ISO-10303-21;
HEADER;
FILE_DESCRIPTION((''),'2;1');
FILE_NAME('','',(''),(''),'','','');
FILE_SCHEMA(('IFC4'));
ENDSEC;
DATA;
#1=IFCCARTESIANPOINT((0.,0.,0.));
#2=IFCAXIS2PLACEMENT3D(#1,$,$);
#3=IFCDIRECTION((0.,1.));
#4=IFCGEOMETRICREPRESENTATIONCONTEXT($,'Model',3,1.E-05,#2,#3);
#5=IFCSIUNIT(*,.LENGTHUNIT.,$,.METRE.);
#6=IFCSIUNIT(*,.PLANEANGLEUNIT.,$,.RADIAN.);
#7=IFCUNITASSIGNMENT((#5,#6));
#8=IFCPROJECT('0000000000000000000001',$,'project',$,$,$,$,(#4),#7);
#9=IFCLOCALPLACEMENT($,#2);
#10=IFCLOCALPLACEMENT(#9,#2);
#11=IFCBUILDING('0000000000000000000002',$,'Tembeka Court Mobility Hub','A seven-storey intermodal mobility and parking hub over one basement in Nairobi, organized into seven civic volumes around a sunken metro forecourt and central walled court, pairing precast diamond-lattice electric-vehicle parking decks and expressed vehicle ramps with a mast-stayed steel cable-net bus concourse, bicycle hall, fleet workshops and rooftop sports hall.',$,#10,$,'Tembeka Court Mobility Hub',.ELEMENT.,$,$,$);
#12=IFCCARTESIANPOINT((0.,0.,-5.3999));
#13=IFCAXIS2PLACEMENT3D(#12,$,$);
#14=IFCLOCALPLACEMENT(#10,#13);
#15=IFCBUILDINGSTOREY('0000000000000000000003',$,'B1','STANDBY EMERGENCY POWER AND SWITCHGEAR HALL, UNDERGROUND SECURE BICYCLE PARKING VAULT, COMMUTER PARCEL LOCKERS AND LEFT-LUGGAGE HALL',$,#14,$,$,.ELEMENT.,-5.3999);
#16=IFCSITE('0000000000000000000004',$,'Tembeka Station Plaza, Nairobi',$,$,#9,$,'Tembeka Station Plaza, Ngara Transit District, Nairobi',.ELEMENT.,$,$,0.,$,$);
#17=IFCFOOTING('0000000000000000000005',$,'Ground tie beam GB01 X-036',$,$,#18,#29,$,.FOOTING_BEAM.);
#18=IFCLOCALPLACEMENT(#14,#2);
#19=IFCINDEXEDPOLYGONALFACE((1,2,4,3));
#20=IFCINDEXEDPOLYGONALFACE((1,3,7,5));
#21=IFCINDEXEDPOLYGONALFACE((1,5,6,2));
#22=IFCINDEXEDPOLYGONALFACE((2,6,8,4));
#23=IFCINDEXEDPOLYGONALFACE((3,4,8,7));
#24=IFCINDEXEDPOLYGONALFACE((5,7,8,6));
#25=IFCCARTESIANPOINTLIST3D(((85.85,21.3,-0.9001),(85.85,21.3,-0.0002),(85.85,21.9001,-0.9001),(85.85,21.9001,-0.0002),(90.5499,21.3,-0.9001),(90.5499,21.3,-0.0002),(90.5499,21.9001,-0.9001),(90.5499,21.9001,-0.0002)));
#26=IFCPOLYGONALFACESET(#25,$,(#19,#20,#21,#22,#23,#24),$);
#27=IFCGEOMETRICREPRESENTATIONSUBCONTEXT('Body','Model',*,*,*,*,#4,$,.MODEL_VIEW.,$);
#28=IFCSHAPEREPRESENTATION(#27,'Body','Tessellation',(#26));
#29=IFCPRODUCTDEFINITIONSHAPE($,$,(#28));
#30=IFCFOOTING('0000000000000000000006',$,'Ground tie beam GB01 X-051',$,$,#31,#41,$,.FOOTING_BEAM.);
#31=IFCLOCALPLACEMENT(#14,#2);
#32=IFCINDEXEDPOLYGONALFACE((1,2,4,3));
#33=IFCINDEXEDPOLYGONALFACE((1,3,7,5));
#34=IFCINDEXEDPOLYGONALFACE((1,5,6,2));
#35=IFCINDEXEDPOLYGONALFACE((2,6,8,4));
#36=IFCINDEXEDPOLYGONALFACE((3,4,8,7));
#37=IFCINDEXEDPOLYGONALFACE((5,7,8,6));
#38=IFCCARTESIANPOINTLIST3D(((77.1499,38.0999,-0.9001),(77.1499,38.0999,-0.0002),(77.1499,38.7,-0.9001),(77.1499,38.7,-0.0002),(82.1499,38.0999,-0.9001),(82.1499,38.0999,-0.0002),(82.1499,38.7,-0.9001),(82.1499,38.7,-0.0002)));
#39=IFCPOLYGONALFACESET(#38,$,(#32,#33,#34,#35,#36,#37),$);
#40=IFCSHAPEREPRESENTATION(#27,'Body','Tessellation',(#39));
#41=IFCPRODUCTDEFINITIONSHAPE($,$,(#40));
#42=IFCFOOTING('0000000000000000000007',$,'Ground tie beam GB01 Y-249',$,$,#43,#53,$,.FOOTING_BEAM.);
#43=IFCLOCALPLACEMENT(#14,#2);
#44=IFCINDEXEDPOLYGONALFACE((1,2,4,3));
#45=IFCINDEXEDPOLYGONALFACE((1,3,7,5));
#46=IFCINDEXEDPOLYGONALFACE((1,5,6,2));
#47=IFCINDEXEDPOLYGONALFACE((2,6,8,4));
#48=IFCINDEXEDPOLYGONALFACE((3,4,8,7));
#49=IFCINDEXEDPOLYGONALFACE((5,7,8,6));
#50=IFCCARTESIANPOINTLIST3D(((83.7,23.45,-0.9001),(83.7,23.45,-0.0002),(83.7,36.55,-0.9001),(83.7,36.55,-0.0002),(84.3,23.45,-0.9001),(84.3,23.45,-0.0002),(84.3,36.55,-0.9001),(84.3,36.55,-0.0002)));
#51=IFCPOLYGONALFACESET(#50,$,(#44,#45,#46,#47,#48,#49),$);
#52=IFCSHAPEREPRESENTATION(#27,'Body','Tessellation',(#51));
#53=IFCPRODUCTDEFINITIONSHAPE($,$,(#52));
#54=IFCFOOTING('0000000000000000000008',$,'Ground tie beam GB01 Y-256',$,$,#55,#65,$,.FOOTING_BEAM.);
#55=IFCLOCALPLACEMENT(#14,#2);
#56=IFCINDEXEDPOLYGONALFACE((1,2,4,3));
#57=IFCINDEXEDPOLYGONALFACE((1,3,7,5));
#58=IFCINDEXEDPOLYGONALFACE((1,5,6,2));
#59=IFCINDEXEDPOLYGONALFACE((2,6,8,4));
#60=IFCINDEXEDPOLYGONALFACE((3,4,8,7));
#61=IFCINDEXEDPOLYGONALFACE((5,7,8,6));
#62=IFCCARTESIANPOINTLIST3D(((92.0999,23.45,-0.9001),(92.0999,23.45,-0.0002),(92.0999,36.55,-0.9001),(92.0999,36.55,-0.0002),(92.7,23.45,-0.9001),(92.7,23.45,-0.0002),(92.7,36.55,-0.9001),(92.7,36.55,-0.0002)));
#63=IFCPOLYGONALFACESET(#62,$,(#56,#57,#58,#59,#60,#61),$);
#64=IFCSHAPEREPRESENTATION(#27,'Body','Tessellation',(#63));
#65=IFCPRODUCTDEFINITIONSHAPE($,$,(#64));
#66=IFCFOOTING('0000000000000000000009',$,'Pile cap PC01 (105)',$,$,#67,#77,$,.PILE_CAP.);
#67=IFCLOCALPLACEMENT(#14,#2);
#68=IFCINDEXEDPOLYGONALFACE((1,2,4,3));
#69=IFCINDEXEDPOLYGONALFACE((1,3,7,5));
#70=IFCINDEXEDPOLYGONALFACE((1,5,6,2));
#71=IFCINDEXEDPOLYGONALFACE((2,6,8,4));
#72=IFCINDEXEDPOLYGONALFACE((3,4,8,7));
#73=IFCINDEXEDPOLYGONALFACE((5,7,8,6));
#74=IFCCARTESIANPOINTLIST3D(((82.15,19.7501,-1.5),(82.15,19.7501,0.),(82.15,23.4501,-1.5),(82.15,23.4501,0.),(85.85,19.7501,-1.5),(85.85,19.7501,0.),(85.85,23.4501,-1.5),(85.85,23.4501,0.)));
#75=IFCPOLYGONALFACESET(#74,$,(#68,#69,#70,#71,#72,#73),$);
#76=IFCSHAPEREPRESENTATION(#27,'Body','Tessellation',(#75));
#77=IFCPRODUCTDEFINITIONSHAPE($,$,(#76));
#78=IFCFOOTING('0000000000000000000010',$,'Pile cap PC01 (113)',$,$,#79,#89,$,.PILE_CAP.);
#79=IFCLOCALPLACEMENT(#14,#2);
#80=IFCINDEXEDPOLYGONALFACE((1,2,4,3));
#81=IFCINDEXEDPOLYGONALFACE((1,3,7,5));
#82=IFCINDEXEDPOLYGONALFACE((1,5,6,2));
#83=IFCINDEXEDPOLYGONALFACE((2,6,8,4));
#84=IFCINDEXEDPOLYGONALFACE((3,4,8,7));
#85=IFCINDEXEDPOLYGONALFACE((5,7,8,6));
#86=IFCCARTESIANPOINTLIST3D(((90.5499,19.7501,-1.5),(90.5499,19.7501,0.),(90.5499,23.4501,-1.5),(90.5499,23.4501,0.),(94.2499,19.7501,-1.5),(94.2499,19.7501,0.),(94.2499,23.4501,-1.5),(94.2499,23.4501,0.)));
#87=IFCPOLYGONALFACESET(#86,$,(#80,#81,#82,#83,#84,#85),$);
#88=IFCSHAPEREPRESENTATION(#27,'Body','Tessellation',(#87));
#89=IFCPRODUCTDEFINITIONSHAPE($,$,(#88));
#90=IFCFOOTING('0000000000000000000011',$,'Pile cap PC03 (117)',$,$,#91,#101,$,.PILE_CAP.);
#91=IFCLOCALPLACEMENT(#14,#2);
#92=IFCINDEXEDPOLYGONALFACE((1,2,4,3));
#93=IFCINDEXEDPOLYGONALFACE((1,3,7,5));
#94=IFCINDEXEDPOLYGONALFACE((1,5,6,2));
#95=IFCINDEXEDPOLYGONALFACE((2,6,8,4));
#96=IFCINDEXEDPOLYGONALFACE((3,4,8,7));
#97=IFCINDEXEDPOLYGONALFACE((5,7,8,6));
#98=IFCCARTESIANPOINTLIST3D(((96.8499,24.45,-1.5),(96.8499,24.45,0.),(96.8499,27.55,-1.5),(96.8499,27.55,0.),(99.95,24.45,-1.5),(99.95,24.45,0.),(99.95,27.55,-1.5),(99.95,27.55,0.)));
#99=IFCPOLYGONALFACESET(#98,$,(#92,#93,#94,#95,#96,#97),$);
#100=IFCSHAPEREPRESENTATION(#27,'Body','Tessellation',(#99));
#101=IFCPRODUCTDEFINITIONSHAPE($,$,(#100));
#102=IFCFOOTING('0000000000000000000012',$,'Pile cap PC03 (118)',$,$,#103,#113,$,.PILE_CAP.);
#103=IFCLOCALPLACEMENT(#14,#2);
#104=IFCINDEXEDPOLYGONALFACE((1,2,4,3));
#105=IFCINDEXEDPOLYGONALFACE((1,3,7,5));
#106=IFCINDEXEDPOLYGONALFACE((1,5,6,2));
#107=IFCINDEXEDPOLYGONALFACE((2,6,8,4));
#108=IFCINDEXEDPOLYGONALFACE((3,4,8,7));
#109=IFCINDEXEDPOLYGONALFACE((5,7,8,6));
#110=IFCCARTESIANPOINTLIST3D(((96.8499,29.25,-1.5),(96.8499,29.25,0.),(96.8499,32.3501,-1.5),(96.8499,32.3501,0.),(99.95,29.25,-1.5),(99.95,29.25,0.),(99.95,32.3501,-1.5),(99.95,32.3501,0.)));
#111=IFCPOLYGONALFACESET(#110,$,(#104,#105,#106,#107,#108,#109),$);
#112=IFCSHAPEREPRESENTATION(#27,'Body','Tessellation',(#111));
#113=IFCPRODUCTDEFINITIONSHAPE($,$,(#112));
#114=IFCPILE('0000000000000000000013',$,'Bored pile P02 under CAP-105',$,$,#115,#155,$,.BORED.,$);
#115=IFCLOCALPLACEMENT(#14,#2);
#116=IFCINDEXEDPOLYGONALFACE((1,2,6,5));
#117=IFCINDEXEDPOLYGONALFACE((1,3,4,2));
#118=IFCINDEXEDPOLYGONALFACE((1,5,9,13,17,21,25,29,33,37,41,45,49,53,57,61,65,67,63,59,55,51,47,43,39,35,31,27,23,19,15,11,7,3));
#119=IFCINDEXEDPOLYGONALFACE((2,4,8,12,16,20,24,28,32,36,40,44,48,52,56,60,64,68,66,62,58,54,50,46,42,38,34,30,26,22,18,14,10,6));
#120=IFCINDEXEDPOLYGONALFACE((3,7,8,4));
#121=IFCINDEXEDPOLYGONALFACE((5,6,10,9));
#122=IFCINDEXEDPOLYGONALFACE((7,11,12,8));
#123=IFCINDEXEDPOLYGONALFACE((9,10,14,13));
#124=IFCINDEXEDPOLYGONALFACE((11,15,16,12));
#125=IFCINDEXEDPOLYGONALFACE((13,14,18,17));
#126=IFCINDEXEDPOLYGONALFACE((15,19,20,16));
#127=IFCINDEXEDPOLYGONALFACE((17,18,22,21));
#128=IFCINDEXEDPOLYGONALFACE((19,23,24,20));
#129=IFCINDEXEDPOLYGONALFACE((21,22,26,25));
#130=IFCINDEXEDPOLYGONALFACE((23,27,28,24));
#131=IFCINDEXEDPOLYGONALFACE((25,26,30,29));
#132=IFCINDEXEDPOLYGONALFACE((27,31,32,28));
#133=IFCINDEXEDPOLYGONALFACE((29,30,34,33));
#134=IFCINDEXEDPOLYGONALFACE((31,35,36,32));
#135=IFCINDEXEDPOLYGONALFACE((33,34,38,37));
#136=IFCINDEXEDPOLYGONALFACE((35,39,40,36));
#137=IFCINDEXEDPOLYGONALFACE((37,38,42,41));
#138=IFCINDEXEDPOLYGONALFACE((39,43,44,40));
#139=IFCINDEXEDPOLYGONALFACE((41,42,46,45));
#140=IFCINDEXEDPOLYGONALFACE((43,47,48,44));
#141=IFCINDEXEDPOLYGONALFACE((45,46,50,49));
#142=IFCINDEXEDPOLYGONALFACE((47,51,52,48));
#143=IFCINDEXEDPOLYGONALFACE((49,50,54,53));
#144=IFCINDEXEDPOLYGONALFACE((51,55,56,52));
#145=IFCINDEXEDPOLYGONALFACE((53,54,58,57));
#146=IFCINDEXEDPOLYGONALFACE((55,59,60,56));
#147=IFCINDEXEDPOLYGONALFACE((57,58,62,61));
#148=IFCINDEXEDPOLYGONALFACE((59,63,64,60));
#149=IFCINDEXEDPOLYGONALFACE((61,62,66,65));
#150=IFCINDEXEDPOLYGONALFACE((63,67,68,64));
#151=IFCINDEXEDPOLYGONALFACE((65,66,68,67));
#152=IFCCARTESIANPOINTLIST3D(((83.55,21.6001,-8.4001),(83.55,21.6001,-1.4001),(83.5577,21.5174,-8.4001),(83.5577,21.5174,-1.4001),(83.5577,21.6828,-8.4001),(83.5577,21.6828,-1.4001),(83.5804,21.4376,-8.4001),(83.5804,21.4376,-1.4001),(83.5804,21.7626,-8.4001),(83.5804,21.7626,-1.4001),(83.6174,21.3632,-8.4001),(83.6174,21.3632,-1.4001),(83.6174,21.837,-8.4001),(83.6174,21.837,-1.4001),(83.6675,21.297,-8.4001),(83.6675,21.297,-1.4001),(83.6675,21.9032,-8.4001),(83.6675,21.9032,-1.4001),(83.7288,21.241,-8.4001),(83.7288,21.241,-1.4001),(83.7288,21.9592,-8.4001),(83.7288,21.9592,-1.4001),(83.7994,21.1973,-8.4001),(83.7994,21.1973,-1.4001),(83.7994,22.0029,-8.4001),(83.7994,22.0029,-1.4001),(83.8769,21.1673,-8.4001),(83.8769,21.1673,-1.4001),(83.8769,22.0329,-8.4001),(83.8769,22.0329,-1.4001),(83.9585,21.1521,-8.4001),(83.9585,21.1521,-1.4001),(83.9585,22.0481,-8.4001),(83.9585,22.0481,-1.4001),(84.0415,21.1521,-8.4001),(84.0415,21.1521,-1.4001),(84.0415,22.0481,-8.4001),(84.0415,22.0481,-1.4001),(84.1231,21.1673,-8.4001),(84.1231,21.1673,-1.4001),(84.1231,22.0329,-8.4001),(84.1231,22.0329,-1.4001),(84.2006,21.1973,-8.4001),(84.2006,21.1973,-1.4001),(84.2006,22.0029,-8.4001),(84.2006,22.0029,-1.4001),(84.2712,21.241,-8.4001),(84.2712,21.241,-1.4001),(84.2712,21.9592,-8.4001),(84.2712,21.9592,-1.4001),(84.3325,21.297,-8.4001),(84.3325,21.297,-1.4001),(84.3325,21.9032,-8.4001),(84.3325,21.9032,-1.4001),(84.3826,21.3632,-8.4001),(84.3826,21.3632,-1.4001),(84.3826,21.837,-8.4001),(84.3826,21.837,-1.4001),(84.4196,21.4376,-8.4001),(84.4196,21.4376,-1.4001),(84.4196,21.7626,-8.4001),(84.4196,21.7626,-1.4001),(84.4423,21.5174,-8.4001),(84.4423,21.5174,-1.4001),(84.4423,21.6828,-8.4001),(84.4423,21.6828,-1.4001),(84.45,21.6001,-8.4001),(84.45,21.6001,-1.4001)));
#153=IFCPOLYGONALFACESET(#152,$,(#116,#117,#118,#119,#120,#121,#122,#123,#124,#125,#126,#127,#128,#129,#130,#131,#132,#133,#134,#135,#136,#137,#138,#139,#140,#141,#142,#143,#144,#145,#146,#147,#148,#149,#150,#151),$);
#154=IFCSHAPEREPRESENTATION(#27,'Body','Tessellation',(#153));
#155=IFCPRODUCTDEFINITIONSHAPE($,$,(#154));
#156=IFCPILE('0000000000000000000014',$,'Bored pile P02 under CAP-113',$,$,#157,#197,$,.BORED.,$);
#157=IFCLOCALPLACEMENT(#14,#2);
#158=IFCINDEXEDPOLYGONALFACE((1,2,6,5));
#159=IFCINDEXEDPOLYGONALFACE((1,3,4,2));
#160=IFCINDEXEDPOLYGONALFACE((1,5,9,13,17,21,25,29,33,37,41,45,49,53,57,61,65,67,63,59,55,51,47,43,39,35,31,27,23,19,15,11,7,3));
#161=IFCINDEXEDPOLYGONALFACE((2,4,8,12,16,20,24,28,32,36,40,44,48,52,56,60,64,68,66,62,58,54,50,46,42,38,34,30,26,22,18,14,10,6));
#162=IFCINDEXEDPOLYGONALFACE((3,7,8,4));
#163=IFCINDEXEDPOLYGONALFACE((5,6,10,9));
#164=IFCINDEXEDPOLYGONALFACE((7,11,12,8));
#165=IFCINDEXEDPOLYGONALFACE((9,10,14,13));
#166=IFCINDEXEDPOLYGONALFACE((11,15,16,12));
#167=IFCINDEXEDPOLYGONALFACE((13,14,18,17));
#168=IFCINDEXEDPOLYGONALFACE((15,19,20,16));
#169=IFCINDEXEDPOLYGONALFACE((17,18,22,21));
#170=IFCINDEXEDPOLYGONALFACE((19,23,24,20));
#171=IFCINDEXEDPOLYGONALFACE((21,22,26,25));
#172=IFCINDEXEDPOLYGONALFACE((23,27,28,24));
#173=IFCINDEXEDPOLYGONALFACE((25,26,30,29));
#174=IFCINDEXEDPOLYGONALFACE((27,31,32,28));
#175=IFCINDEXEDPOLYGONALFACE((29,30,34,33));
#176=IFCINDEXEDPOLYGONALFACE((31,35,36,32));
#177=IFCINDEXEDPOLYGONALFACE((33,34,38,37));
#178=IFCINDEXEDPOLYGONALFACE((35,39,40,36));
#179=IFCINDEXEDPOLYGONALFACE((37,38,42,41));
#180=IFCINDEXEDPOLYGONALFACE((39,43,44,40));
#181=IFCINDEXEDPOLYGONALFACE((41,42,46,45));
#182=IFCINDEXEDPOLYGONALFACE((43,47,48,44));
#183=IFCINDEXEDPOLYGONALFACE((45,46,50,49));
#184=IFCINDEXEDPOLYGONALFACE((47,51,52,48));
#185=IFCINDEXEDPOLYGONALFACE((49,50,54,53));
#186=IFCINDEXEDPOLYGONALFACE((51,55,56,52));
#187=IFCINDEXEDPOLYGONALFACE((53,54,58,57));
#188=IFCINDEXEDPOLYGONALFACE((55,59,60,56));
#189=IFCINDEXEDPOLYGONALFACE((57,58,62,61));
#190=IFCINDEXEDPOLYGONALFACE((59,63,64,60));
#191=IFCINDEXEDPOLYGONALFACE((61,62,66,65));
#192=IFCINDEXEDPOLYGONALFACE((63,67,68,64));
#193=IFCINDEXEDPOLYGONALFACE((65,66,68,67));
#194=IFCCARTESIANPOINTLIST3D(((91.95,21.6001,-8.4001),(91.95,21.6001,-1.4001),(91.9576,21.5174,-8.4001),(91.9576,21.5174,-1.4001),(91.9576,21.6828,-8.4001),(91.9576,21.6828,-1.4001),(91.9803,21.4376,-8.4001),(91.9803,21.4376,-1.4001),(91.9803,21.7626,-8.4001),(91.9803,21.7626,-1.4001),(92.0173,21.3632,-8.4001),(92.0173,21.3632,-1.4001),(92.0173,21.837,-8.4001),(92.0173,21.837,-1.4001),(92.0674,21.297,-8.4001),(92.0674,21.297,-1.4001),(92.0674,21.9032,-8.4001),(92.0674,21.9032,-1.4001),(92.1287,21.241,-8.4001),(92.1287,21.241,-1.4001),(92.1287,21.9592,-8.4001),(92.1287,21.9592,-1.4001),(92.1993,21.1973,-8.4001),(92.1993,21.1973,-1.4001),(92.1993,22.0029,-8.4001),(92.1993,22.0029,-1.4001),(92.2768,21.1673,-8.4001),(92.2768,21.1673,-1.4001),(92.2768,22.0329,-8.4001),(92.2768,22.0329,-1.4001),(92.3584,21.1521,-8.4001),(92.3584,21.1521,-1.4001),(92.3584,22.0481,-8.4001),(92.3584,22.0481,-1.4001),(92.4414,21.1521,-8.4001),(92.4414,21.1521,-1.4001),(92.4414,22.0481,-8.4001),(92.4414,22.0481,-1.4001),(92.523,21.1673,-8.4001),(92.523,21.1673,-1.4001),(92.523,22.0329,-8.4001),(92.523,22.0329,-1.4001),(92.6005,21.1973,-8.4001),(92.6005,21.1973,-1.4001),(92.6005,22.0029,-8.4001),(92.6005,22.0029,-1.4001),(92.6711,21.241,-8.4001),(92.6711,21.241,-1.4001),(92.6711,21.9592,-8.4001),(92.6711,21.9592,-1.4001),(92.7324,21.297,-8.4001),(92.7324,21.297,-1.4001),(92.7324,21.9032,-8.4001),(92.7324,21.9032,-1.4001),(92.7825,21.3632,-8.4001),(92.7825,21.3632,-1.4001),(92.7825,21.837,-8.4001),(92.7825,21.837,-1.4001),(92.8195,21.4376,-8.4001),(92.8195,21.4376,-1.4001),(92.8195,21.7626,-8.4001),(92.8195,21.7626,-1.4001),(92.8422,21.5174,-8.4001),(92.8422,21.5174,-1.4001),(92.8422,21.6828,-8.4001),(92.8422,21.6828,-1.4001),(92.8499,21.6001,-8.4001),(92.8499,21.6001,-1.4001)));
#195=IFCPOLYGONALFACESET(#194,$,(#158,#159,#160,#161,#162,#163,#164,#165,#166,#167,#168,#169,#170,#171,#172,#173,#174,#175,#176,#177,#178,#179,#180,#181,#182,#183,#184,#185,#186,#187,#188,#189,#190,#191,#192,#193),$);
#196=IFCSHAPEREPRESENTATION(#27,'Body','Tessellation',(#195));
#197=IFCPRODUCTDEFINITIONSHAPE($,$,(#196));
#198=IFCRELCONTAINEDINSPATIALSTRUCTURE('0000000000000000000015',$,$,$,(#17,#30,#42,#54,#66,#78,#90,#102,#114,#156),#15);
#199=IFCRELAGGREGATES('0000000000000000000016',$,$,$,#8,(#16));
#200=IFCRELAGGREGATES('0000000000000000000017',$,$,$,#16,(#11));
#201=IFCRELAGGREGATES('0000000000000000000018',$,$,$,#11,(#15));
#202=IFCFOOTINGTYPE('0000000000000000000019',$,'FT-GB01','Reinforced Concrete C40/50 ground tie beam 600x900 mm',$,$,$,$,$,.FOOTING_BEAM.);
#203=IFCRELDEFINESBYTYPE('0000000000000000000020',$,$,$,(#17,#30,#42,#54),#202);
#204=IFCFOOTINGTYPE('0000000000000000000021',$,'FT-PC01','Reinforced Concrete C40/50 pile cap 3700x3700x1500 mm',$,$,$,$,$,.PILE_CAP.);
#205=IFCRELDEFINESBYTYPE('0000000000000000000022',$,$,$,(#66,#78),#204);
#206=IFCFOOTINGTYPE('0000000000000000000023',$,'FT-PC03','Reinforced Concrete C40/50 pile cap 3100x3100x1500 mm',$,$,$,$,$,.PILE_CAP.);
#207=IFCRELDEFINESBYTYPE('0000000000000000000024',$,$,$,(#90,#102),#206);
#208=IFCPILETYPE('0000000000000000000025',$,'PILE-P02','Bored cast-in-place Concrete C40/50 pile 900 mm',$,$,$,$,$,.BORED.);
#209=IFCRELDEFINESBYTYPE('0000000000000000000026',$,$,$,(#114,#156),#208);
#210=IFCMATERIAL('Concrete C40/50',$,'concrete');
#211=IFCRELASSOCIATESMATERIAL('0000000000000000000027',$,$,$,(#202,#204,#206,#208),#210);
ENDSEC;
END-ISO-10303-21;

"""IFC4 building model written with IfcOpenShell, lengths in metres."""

from ifc_helpers import new_model, si_unit, direction, frame, origin, origin_2d, place, context, subcontext, project, spatial, rectangle, circle, extrude, material, material_profile, profile_set, type_object, element, save


model = new_model("IFC4")

# Units and contexts
model_context = context("Model", 3, precision=1e-05, world=origin(), true_north=direction((0.0, 1.0)))
body_context = subcontext(model_context, "Body", "Model", "MODEL_VIEW")
ifc_project = project(units=[si_unit("LENGTHUNIT", "METRE"), si_unit("PLANEANGLEUNIT", "RADIAN")], contexts=[model_context])

# Site, building, storey
site_placement = place(None, origin())
site = spatial("IfcSite", under=ifc_project, at=site_placement, Name="Tembeka Station Plaza, Nairobi", LongName="Tembeka Station Plaza, Ngara Transit District, Nairobi", CompositionType="ELEMENT", RefElevation=0.0)
building_placement = place(site_placement, origin())
building = spatial("IfcBuilding", under=site, at=building_placement, Name="Tembeka Court Mobility Hub", Description="A seven-storey intermodal mobility and parking hub over one basement in Nairobi, organized into seven civic volumes around a sunken metro forecourt and central walled court, pairing precast diamond-lattice electric-vehicle parking decks and expressed vehicle ramps with a mast-stayed steel cable-net bus concourse, bicycle hall, fleet workshops and rooftop sports hall.", LongName="Tembeka Court Mobility Hub", CompositionType="ELEMENT")
storey_placement = place(building_placement, frame((0.0, 0.0, -5.3999)))
storey = spatial("IfcBuildingStorey", under=building, at=storey_placement, Name="B1", Description="STANDBY EMERGENCY POWER AND SWITCHGEAR HALL, UNDERGROUND SECURE BICYCLE PARKING VAULT, COMMUTER PARCEL LOCKERS AND LEFT-LUGGAGE HALL", CompositionType="ELEMENT", Elevation=-5.3999)

# Footings
ifc_material_1 = material(Name="Concrete C40/50", Category="concrete")
footing_type_1 = type_object("IfcFootingType", Name="FT-GB01", Description="Reinforced Concrete C40/50 ground tie beam 600x900 mm", PredefinedType="FOOTING_BEAM", material=ifc_material_1)
footing_1_placement = place(storey_placement, frame((88.2, 21.6001, -0.9001), z_axis=(0.0, 0.0, 1.0), x_axis=(1.0, 0.0, 0.0)))
element("IfcFooting", 1, at=footing_1_placement, inside=storey, type_object=footing_type_1, Name="Ground tie beam GB01 X-036", PredefinedType="FOOTING_BEAM", context=body_context, shape_type="SweptSolid", body=[
    extrude(rectangle(XDim=4.7, YDim=0.6001, at=origin_2d()), origin(), (0.0, 0.0, 1.0), 0.8999),
])
footing_2_placement = place(storey_placement, frame((79.6499, 38.3999, -0.9001), z_axis=(0.0, 0.0, 1.0), x_axis=(1.0, 0.0, 0.0)))
element("IfcFooting", 2, at=footing_2_placement, inside=storey, type_object=footing_type_1, Name="Ground tie beam GB01 X-051", PredefinedType="FOOTING_BEAM", context=body_context, shape_type="SweptSolid", body=[
    extrude(rectangle(XDim=5.0, YDim=0.6001, at=origin_2d()), origin(), (0.0, 0.0, 1.0), 0.8999),
])
for number, where, z_axis, x_axis, name in (
    (3, (84.0, 30.0, -0.9001), (0.0, 0.0, 1.0), (0.0, 1.0, 0.0), "Ground tie beam GB01 Y-249"),
    (4, (92.3999, 30.0, -0.9001), (0.0, 0.0, 1.0), (0.0, 1.0, 0.0), "Ground tie beam GB01 Y-256"),
):
    element("IfcFooting", number, at=place(storey_placement, frame(where, z_axis=z_axis, x_axis=x_axis)), inside=storey, type_object=footing_type_1, Name=name, PredefinedType="FOOTING_BEAM", context=body_context, shape_type="SweptSolid", body=[
        extrude(rectangle(XDim=13.1001, YDim=0.6001, at=origin_2d()), origin(), (0.0, 0.0, 1.0), 0.8999),
    ])
footing_type_2 = type_object("IfcFootingType", Name="FT-PC01", Description="Reinforced Concrete C40/50 pile cap 3700x3700x1500 mm", PredefinedType="PILE_CAP", material=ifc_material_1)
for number, where, z_axis, x_axis, name in (
    (5, (84.0, 21.6001, -1.5), (0.0, 0.0, 1.0), (1.0, 0.0, 0.0), "Pile cap PC01 (105)"),
    (6, (92.3999, 21.6001, -1.5), (0.0, 0.0, 1.0), (1.0, 0.0, 0.0), "Pile cap PC01 (113)"),
):
    element("IfcFooting", number, at=place(storey_placement, frame(where, z_axis=z_axis, x_axis=x_axis)), inside=storey, type_object=footing_type_2, Name=name, PredefinedType="PILE_CAP", context=body_context, shape_type="SweptSolid", body=[
        extrude(rectangle(XDim=3.7, YDim=3.7, at=origin_2d()), origin(), (0.0, 0.0, 1.0), 1.5),
    ])
footing_type_3 = type_object("IfcFootingType", Name="FT-PC03", Description="Reinforced Concrete C40/50 pile cap 3100x3100x1500 mm", PredefinedType="PILE_CAP", material=ifc_material_1)
for number, where, z_axis, x_axis, name in (
    (7, (98.3999, 26.0, -1.5), (0.0, 0.0, 1.0), (1.0, 0.0, 0.0), "Pile cap PC03 (117)"),
    (8, (98.3999, 30.8, -1.5), (0.0, 0.0, 1.0), (1.0, 0.0, 0.0), "Pile cap PC03 (118)"),
):
    element("IfcFooting", number, at=place(storey_placement, frame(where, z_axis=z_axis, x_axis=x_axis)), inside=storey, type_object=footing_type_3, Name=name, PredefinedType="PILE_CAP", context=body_context, shape_type="SweptSolid", body=[
        extrude(rectangle(XDim=3.1001, YDim=3.1001, at=origin_2d()), origin(), (0.0, 0.0, 1.0), 1.5),
    ])

# Piles
ifc_material_profile_1 = material_profile(ifc_material_1, circle(Radius=0.45, at=origin_2d()), Name="PILE D900")
ifc_profile_set_1 = profile_set([ifc_material_profile_1], Name="Concrete C40/50")
pile_type_1 = type_object("IfcPileType", Name="PILE-P02", Description="Bored cast-in-place Concrete C40/50 pile 900 mm", PredefinedType="BORED", material=ifc_profile_set_1)
for number, where, z_axis, x_axis, name in (
    (9, (84.0, 21.6001, -1.4001), (0.0, 0.0, -1.0), (1.0, 0.0, 0.0), "Bored pile P02 under CAP-105"),
    (10, (92.3999, 21.6001, -1.4001), (0.0, 0.0, -1.0), (1.0, 0.0, 0.0), "Bored pile P02 under CAP-113"),
):
    element("IfcPile", number, at=place(storey_placement, frame(where, z_axis=z_axis, x_axis=x_axis)), inside=storey, type_object=pile_type_1, Name=name, PredefinedType="BORED", context=body_context, shape_type="SweptSolid", body=[
        extrude(circle(Radius=0.45, at=origin_2d()), origin(), (0.0, 0.0, 1.0), 7.0),
    ])

save(model, "model.ifc")
